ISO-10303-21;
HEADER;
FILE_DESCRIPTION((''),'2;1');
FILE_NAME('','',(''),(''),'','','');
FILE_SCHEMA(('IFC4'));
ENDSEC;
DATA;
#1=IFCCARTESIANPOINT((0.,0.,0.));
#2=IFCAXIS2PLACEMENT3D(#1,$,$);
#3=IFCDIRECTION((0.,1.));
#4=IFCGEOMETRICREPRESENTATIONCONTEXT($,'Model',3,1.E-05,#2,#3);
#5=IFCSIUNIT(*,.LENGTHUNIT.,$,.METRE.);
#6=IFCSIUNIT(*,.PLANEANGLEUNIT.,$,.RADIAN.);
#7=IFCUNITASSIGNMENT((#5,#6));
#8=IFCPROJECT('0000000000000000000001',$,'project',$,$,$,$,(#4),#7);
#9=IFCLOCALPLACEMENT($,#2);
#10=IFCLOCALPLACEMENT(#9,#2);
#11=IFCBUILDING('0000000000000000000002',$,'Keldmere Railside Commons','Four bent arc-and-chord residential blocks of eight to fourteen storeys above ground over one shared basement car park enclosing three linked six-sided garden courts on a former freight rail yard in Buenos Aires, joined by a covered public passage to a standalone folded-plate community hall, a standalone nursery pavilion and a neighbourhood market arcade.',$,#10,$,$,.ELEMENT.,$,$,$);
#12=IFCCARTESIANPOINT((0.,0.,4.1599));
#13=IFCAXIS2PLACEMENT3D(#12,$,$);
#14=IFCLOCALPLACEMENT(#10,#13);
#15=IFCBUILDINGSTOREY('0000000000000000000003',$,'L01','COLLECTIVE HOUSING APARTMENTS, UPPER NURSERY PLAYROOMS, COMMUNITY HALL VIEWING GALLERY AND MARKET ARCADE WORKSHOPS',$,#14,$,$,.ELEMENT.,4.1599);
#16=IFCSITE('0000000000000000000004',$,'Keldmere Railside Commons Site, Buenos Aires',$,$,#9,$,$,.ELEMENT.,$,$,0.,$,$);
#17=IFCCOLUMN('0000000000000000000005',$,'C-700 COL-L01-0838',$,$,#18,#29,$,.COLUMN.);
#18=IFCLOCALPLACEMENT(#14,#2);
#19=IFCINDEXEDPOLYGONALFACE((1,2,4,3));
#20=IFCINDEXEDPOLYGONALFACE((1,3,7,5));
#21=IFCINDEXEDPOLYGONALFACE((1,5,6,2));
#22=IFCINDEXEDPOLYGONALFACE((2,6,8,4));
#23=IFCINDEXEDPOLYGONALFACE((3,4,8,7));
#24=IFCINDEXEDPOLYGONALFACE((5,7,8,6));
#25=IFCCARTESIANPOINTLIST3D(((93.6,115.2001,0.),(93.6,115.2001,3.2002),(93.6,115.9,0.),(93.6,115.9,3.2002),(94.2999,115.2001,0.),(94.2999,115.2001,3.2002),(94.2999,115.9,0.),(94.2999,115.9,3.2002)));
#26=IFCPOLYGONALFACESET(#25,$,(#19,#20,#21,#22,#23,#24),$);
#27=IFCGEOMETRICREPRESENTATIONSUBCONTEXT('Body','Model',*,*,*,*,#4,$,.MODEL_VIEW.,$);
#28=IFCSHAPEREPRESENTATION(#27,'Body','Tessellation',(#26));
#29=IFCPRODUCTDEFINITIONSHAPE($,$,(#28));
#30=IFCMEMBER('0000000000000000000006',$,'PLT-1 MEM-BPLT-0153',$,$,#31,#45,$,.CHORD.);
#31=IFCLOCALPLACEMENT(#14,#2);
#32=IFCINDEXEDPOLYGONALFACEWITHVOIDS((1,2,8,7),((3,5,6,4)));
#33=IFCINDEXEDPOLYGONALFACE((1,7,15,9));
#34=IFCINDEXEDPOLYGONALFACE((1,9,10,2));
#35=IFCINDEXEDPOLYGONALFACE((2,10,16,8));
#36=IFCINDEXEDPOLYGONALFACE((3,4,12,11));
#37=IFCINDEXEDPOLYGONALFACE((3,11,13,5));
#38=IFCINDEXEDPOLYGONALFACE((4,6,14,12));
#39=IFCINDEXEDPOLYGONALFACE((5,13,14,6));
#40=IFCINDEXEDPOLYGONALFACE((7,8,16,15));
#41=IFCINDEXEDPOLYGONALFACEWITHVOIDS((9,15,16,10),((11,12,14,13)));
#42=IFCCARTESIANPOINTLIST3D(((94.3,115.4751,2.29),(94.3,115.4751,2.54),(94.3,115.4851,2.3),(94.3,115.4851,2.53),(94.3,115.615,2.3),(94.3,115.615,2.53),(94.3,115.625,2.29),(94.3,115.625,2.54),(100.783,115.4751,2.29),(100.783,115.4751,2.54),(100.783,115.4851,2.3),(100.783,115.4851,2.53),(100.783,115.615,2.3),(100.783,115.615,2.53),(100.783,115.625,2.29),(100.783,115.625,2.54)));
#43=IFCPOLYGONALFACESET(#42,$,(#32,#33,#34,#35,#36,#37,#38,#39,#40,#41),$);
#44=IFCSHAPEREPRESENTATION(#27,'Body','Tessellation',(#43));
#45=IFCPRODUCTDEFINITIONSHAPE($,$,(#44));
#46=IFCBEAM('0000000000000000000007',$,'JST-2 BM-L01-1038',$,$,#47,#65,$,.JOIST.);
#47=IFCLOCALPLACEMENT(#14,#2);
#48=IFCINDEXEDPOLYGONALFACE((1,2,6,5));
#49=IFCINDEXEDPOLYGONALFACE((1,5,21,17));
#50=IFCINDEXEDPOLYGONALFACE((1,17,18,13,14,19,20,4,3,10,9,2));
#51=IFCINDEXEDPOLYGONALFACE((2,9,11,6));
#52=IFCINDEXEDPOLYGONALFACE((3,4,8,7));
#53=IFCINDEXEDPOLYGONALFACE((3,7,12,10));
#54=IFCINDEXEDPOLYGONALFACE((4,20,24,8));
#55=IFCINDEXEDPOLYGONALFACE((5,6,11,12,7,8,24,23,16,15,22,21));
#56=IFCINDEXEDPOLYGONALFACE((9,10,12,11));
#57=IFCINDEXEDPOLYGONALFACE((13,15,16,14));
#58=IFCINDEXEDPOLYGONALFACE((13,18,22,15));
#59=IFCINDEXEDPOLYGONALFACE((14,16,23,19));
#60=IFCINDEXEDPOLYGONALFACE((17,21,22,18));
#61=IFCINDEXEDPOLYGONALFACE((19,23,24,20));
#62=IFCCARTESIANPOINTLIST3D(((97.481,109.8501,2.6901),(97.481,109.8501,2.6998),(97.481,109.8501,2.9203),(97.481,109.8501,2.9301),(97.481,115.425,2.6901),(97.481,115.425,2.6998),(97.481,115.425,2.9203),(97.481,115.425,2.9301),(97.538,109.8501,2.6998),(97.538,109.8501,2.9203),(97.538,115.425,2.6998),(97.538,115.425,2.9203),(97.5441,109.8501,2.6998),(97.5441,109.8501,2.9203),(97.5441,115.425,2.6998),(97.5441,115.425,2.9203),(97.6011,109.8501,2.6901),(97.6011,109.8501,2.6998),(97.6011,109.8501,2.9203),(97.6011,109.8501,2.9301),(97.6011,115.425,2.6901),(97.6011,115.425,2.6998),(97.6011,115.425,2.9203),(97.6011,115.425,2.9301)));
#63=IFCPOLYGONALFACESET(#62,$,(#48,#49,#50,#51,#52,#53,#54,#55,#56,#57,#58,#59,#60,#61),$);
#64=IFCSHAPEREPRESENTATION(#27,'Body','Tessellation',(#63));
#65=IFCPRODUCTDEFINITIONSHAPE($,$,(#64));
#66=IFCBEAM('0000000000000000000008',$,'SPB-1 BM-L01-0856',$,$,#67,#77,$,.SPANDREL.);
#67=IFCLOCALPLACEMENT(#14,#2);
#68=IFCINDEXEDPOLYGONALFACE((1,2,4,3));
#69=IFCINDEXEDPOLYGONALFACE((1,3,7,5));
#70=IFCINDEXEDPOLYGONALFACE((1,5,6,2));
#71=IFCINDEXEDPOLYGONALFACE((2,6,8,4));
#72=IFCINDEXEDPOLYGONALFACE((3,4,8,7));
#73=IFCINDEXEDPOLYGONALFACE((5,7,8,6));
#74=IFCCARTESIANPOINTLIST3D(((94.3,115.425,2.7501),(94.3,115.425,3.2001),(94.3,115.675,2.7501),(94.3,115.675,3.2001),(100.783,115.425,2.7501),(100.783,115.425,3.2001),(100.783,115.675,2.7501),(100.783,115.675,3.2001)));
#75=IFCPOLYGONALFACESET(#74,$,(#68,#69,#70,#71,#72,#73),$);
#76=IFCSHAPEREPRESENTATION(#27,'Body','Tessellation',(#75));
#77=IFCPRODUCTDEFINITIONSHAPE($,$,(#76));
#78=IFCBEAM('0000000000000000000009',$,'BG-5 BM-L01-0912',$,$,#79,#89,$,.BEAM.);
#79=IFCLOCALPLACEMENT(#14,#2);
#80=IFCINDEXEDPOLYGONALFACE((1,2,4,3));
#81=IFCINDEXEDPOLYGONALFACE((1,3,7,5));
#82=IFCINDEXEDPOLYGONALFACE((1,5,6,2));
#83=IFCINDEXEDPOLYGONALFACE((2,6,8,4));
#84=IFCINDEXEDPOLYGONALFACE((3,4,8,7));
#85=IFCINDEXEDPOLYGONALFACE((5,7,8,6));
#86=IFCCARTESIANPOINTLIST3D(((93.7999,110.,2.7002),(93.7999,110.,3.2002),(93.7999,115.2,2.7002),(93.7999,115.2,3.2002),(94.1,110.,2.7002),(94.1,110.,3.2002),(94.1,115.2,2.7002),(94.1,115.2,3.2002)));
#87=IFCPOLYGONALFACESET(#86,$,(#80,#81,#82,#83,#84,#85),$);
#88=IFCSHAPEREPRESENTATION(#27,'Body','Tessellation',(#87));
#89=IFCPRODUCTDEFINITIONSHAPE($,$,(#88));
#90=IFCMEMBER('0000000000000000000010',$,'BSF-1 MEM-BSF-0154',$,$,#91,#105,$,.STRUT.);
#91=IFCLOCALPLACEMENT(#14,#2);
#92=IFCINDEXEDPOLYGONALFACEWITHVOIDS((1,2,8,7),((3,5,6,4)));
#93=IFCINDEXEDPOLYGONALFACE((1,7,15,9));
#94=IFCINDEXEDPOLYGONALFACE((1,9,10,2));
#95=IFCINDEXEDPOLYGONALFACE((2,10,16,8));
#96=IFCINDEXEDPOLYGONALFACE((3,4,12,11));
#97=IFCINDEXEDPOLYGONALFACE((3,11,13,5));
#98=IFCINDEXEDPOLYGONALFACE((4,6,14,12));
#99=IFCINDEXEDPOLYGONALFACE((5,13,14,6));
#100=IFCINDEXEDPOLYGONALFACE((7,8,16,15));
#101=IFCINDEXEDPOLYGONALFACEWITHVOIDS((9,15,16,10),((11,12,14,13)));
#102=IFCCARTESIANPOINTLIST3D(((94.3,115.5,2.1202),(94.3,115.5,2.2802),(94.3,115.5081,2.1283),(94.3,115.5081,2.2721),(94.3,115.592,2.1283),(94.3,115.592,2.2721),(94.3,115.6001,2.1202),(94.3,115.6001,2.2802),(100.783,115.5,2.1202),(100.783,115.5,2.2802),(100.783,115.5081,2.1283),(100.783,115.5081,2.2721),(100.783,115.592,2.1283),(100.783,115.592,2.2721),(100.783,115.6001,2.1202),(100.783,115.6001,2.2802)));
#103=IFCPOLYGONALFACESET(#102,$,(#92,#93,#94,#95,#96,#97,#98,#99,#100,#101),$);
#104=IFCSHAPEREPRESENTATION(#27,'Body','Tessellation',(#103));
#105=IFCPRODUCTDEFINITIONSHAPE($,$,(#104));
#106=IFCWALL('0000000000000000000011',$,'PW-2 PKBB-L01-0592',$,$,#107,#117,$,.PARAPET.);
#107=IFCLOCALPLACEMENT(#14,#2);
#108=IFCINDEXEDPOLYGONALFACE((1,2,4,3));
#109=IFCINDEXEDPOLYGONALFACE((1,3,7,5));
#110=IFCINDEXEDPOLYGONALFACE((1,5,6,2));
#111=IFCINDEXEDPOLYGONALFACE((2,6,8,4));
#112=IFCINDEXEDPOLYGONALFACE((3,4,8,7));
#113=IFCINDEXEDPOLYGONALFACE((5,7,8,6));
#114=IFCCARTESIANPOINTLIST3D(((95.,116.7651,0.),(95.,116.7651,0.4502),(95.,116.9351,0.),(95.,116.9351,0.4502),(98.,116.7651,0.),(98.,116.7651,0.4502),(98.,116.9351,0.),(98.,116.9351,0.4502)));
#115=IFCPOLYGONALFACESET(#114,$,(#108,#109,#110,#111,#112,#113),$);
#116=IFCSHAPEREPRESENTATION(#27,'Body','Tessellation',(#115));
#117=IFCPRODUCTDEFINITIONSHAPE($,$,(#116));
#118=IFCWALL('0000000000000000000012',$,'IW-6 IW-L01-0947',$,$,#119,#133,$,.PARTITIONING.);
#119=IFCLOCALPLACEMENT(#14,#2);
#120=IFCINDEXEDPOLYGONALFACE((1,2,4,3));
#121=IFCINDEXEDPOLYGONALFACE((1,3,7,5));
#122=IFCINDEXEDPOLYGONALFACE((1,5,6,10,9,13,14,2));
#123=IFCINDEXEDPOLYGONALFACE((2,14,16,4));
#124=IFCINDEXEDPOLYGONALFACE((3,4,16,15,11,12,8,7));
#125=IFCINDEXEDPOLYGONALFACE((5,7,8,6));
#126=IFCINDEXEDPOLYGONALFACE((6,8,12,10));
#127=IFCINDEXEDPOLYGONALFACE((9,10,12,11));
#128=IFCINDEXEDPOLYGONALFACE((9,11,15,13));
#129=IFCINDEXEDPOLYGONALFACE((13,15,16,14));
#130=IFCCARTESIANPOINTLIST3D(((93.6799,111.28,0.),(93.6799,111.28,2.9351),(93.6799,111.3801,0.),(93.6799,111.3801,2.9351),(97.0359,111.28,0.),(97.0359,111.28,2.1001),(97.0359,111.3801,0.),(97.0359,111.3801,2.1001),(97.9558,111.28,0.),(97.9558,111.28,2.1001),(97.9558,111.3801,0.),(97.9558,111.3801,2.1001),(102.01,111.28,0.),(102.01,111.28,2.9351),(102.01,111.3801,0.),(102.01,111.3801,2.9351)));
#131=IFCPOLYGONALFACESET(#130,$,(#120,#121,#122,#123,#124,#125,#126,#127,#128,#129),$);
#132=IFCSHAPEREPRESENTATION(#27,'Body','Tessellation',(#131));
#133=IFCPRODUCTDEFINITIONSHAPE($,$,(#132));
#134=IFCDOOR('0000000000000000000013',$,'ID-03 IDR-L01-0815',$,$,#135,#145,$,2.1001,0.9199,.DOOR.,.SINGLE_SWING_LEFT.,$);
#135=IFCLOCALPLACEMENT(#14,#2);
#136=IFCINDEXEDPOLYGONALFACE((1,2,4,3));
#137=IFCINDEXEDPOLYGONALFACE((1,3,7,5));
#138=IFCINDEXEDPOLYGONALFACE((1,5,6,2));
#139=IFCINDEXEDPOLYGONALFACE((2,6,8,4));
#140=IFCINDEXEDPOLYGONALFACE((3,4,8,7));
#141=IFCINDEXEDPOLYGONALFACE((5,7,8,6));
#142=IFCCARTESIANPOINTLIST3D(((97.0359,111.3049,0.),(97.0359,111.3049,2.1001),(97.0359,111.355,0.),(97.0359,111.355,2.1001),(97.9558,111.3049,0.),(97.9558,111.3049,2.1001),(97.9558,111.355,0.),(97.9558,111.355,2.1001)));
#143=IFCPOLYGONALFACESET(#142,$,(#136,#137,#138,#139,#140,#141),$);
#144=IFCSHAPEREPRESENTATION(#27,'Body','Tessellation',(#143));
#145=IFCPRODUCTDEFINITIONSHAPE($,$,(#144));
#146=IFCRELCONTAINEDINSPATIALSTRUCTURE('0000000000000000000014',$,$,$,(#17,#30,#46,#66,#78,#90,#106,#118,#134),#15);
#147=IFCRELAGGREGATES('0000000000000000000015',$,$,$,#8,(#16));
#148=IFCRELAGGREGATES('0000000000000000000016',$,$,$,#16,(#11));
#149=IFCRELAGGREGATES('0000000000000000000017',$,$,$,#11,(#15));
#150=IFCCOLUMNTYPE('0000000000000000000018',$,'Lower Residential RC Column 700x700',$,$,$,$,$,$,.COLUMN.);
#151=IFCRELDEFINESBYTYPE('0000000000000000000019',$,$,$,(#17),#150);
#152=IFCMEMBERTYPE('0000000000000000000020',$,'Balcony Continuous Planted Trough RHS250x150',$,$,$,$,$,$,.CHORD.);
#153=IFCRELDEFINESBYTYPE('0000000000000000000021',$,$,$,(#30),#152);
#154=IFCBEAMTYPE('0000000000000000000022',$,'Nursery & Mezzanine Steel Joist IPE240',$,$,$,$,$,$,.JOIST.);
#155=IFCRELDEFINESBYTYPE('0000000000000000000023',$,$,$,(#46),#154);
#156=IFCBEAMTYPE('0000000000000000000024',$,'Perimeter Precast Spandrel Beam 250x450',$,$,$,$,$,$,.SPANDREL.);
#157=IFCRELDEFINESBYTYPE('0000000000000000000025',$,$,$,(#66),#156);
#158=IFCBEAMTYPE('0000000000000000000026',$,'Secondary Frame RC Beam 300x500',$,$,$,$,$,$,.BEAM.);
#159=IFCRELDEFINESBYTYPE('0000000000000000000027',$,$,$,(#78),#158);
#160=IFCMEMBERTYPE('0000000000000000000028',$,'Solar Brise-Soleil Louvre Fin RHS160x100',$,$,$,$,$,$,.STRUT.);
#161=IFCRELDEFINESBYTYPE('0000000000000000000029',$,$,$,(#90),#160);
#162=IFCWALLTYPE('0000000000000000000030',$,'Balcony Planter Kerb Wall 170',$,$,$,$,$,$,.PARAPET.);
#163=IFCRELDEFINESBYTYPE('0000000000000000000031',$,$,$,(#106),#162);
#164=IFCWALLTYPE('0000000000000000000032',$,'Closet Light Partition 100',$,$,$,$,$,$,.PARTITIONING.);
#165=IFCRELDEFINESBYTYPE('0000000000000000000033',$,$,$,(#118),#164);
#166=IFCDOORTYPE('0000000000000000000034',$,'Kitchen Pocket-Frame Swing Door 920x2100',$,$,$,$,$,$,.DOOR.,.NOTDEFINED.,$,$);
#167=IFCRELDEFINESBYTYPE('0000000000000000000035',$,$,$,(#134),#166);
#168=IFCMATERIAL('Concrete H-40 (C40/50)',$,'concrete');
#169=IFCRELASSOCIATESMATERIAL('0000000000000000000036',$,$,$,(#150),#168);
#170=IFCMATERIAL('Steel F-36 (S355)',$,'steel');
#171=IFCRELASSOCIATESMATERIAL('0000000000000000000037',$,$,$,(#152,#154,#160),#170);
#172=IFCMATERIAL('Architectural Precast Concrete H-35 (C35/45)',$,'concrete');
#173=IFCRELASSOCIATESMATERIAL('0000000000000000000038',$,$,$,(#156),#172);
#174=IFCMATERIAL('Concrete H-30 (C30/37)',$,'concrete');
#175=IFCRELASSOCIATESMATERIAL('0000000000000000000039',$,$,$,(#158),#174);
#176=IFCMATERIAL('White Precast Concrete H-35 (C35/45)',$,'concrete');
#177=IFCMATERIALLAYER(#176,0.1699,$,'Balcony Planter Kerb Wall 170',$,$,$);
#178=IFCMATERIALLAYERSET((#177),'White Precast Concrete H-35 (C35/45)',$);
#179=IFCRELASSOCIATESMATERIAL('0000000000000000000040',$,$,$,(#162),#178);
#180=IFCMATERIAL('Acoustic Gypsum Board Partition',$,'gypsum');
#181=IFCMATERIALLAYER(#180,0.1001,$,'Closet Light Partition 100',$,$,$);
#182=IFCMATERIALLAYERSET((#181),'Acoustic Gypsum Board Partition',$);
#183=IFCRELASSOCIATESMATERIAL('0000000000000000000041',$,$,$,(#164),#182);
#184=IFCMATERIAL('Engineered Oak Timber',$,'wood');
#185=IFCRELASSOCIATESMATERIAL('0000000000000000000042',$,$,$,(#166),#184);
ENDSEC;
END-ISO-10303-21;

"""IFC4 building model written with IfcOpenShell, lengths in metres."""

from ifc_helpers import new_model, si_unit, direction, frame, frame_2d, origin, origin_2d, place, context, subcontext, project, spatial, rectangle, hollow_rectangle, i_section, extrude, material, layer, layer_set, material_profile, profile_set, type_object, element, fill, save


model = new_model("IFC4")

# Units and contexts
model_context = context("Model", 3, precision=1e-05, world=origin(), true_north=direction((0.0, 1.0)))
body_context = subcontext(model_context, "Body", "Model", "MODEL_VIEW")
ifc_project = project(units=[si_unit("LENGTHUNIT", "METRE"), si_unit("PLANEANGLEUNIT", "RADIAN")], contexts=[model_context])

# Site, building, storey
site_placement = place(None, origin())
site = spatial("IfcSite", under=ifc_project, at=site_placement, Name="Keldmere Railside Commons Site, Buenos Aires", CompositionType="ELEMENT", RefElevation=0.0)
building_placement = place(site_placement, origin())
building = spatial("IfcBuilding", under=site, at=building_placement, Name="Keldmere Railside Commons", Description="Four bent arc-and-chord residential blocks of eight to fourteen storeys above ground over one shared basement car park enclosing three linked six-sided garden courts on a former freight rail yard in Buenos Aires, joined by a covered public passage to a standalone folded-plate community hall, a standalone nursery pavilion and a neighbourhood market arcade.", CompositionType="ELEMENT")
storey_placement = place(building_placement, frame((0.0, 0.0, 4.1599)))
storey = spatial("IfcBuildingStorey", under=building, at=storey_placement, Name="L01", Description="COLLECTIVE HOUSING APARTMENTS, UPPER NURSERY PLAYROOMS, COMMUNITY HALL VIEWING GALLERY AND MARKET ARCADE WORKSHOPS", CompositionType="ELEMENT", Elevation=4.1599)

# Column
ifc_material_1 = material(Name="Concrete H-40 (C40/50)", Category="concrete")
ifc_material_profile_1 = material_profile(ifc_material_1, rectangle(XDim=0.7, YDim=0.7, at=origin_2d()), Name="RC-700x700")
ifc_profile_set_1 = profile_set([ifc_material_profile_1], Name="Concrete H-40 (C40/50)")
column_type = type_object("IfcColumnType", Name="Lower Residential RC Column 700x700", PredefinedType="COLUMN", material=ifc_profile_set_1)
column_placement = place(storey_placement, frame((93.95, 115.55, 0.0), z_axis=(0.0, 0.0, 1.0), x_axis=(1.0, 0.0, 0.0)))
element("IfcColumn", 1, at=column_placement, inside=storey, type_object=column_type, Name="C-700 COL-L01-0838", PredefinedType="COLUMN", context=body_context, shape_type="SweptSolid", body=[
    extrude(rectangle(XDim=0.7, YDim=0.7, at=origin_2d()), origin(), (0.0, 0.0, 1.0), 3.2002),
])

# Member
ifc_material_2 = material(Name="Steel F-36 (S355)", Category="steel")
ifc_material_profile_2 = material_profile(ifc_material_2, hollow_rectangle(XDim=0.1499, YDim=0.25, WallThickness=0.01, at=origin_2d()), Name="RHS-250x150x10")
ifc_profile_set_2 = profile_set([ifc_material_profile_2], Name="Steel F-36 (S355)")
member_type_1 = type_object("IfcMemberType", Name="Balcony Continuous Planted Trough RHS250x150", PredefinedType="CHORD", material=ifc_profile_set_2)
member_1_placement = place(storey_placement, frame((94.3, 115.55, 2.415), z_axis=(1.0, 0.0, 0.0), x_axis=(0.0, 1.0, 0.0)))
element("IfcMember", 2, at=member_1_placement, inside=storey, type_object=member_type_1, Name="PLT-1 MEM-BPLT-0153", PredefinedType="CHORD", context=body_context, shape_type="SweptSolid", body=[
    extrude(hollow_rectangle(XDim=0.1499, YDim=0.25, WallThickness=0.01, at=origin_2d()), origin(), (0.0, 0.0, 1.0), 6.4829),
])

# Beams
ifc_material_profile_3 = material_profile(ifc_material_2, i_section(OverallWidth=0.1201, OverallDepth=0.24, WebThickness=0.0061, FlangeThickness=0.0098, at=origin_2d()), Name="IPE-240")
ifc_profile_set_3 = profile_set([ifc_material_profile_3], Name="Steel F-36 (S355)")
beam_type_1 = type_object("IfcBeamType", Name="Nursery & Mezzanine Steel Joist IPE240", PredefinedType="JOIST", material=ifc_profile_set_3)
beam_1_placement = place(storey_placement, frame((97.541, 109.8501, 2.8101), z_axis=(0.0, 1.0, 0.0), x_axis=(-1.0, 0.0, 0.0)))
element("IfcBeam", 3, at=beam_1_placement, inside=storey, type_object=beam_type_1, Name="JST-2 BM-L01-1038", PredefinedType="JOIST", context=body_context, shape_type="SweptSolid", body=[
    extrude(i_section(OverallWidth=0.1201, OverallDepth=0.24, WebThickness=0.0061, FlangeThickness=0.0098, at=origin_2d()), origin(), (0.0, 0.0, 1.0), 5.575),
])
ifc_material_3 = material(Name="Architectural Precast Concrete H-35 (C35/45)", Category="concrete")
ifc_material_profile_4 = material_profile(ifc_material_3, rectangle(XDim=0.25, YDim=0.45, at=origin_2d()), Name="RC-250x450")
ifc_profile_set_4 = profile_set([ifc_material_profile_4], Name="Architectural Precast Concrete H-35 (C35/45)")
beam_type_2 = type_object("IfcBeamType", Name="Perimeter Precast Spandrel Beam 250x450", PredefinedType="SPANDREL", material=ifc_profile_set_4)
beam_2_placement = place(storey_placement, frame((94.3, 115.55, 2.9751), z_axis=(1.0, 0.0, 0.0), x_axis=(0.0, 1.0, 0.0)))
element("IfcBeam", 4, at=beam_2_placement, inside=storey, type_object=beam_type_2, Name="SPB-1 BM-L01-0856", PredefinedType="SPANDREL", context=body_context, shape_type="SweptSolid", body=[
    extrude(rectangle(XDim=0.25, YDim=0.45, at=origin_2d()), origin(), (0.0, 0.0, 1.0), 6.4829),
])
ifc_material_4 = material(Name="Concrete H-30 (C30/37)", Category="concrete")
ifc_material_profile_5 = material_profile(ifc_material_4, rectangle(XDim=0.3, YDim=0.5, at=origin_2d()), Name="RC-300x500")
ifc_profile_set_5 = profile_set([ifc_material_profile_5], Name="Concrete H-30 (C30/37)")
beam_type_3 = type_object("IfcBeamType", Name="Secondary Frame RC Beam 300x500", PredefinedType="BEAM", material=ifc_profile_set_5)
beam_3_placement = place(storey_placement, frame((93.95, 110.0, 2.9502), z_axis=(0.0, 1.0, 0.0), x_axis=(-1.0, 0.0, 0.0)))
element("IfcBeam", 5, at=beam_3_placement, inside=storey, type_object=beam_type_3, Name="BG-5 BM-L01-0912", PredefinedType="BEAM", context=body_context, shape_type="SweptSolid", body=[
    extrude(rectangle(XDim=0.3, YDim=0.5, at=origin_2d()), origin(), (0.0, 0.0, 1.0), 5.2),
])

# Member
ifc_material_profile_6 = material_profile(ifc_material_2, hollow_rectangle(XDim=0.1001, YDim=0.1599, WallThickness=0.0081, at=origin_2d()), Name="RHS-160x100x8")
ifc_profile_set_6 = profile_set([ifc_material_profile_6], Name="Steel F-36 (S355)")
member_type_2 = type_object("IfcMemberType", Name="Solar Brise-Soleil Louvre Fin RHS160x100", PredefinedType="STRUT", material=ifc_profile_set_6)
member_2_placement = place(storey_placement, frame((94.3, 115.55, 2.2002), z_axis=(1.0, 0.0, 0.0), x_axis=(0.0, 1.0, 0.0)))
element("IfcMember", 6, at=member_2_placement, inside=storey, type_object=member_type_2, Name="BSF-1 MEM-BSF-0154", PredefinedType="STRUT", context=body_context, shape_type="SweptSolid", body=[
    extrude(hollow_rectangle(XDim=0.1001, YDim=0.1599, WallThickness=0.0081, at=origin_2d()), origin(), (0.0, 0.0, 1.0), 6.4829),
])

# Wall
ifc_material_5 = material(Name="White Precast Concrete H-35 (C35/45)", Category="concrete")
ifc_layer_1 = layer(ifc_material_5, 0.1699, Name="Balcony Planter Kerb Wall 170")
ifc_layer_set_1 = layer_set([ifc_layer_1], Name="White Precast Concrete H-35 (C35/45)")
wall_type_1 = type_object("IfcWallType", Name="Balcony Planter Kerb Wall 170", PredefinedType="PARAPET", material=ifc_layer_set_1)
wall_1_placement = place(storey_placement, frame((95.0, 116.8501, 0.0), z_axis=(0.0, 0.0, 1.0), x_axis=(1.0, 0.0, 0.0)))
element("IfcWall", 7, at=wall_1_placement, inside=storey, type_object=wall_type_1, Name="PW-2 PKBB-L01-0592", PredefinedType="PARAPET", context=body_context, shape_type="SweptSolid", body=[
    extrude(rectangle(XDim=3.0, YDim=0.1699, at=frame_2d((1.5, 0.0))), origin(), (0.0, 0.0, 1.0), 0.4502),
])

# Wall, opening, door
ifc_material_6 = material(Name="Acoustic Gypsum Board Partition", Category="gypsum")
ifc_layer_2 = layer(ifc_material_6, 0.1001, Name="Closet Light Partition 100")
ifc_layer_set_2 = layer_set([ifc_layer_2], Name="Acoustic Gypsum Board Partition")
wall_type_2 = type_object("IfcWallType", Name="Closet Light Partition 100", PredefinedType="PARTITIONING", material=ifc_layer_set_2)
wall_2_placement = place(storey_placement, frame((93.6799, 111.3301, 0.0), z_axis=(0.0, 0.0, 1.0), x_axis=(1.0, 0.0, 0.0)))
wall_2 = element("IfcWall", 8, at=wall_2_placement, inside=storey, type_object=wall_type_2, Name="IW-6 IW-L01-0947", PredefinedType="PARTITIONING", context=body_context, shape_type="SweptSolid", body=[
    extrude(rectangle(XDim=8.3301, YDim=0.1001, at=frame_2d((4.165, 0.0))), origin(), (0.0, 0.0, 1.0), 2.9351),
])
opening_1_placement = place(wall_2_placement, frame((3.356, 0.0, 0.0)))
opening_1 = element("IfcOpeningElement", 9, at=opening_1_placement, cuts=wall_2, PredefinedType="OPENING", context=body_context, shape_type="SweptSolid", body=[
    extrude(rectangle(XDim=0.9199, YDim=2.1001, at=frame_2d((0.46, 1.05))), frame((0.0, 0.0601, 0.0), z_axis=(0.0, -1.0, 0.0), x_axis=(1.0, 0.0, 0.0)), (0.0, 0.0, 1.0), 0.1201),
])
ifc_material_7 = material(Name="Engineered Oak Timber", Category="wood")
door_type_1 = type_object("IfcDoorType", Name="Kitchen Pocket-Frame Swing Door 920x2100", OperationType="NOTDEFINED", PredefinedType="DOOR", material=ifc_material_7)
door_1_placement = place(opening_1_placement, origin())
door_1 = element("IfcDoor", 10, at=door_1_placement, inside=storey, type_object=door_type_1, Name="ID-03 IDR-L01-0815", OperationType="SINGLE_SWING_LEFT", OverallHeight=2.1001, OverallWidth=0.9199, PredefinedType="DOOR", context=body_context, shape_type="SweptSolid", body=[
    extrude(rectangle(XDim=0.9199, YDim=2.1001, at=frame_2d((0.46, 1.05))), frame((0.0, 0.0249, 0.0), z_axis=(0.0, -1.0, 0.0), x_axis=(1.0, 0.0, 0.0)), (0.0, 0.0, 1.0), 0.05),
])
fill(opening_1, door_1)

save(model, "model.ifc")
